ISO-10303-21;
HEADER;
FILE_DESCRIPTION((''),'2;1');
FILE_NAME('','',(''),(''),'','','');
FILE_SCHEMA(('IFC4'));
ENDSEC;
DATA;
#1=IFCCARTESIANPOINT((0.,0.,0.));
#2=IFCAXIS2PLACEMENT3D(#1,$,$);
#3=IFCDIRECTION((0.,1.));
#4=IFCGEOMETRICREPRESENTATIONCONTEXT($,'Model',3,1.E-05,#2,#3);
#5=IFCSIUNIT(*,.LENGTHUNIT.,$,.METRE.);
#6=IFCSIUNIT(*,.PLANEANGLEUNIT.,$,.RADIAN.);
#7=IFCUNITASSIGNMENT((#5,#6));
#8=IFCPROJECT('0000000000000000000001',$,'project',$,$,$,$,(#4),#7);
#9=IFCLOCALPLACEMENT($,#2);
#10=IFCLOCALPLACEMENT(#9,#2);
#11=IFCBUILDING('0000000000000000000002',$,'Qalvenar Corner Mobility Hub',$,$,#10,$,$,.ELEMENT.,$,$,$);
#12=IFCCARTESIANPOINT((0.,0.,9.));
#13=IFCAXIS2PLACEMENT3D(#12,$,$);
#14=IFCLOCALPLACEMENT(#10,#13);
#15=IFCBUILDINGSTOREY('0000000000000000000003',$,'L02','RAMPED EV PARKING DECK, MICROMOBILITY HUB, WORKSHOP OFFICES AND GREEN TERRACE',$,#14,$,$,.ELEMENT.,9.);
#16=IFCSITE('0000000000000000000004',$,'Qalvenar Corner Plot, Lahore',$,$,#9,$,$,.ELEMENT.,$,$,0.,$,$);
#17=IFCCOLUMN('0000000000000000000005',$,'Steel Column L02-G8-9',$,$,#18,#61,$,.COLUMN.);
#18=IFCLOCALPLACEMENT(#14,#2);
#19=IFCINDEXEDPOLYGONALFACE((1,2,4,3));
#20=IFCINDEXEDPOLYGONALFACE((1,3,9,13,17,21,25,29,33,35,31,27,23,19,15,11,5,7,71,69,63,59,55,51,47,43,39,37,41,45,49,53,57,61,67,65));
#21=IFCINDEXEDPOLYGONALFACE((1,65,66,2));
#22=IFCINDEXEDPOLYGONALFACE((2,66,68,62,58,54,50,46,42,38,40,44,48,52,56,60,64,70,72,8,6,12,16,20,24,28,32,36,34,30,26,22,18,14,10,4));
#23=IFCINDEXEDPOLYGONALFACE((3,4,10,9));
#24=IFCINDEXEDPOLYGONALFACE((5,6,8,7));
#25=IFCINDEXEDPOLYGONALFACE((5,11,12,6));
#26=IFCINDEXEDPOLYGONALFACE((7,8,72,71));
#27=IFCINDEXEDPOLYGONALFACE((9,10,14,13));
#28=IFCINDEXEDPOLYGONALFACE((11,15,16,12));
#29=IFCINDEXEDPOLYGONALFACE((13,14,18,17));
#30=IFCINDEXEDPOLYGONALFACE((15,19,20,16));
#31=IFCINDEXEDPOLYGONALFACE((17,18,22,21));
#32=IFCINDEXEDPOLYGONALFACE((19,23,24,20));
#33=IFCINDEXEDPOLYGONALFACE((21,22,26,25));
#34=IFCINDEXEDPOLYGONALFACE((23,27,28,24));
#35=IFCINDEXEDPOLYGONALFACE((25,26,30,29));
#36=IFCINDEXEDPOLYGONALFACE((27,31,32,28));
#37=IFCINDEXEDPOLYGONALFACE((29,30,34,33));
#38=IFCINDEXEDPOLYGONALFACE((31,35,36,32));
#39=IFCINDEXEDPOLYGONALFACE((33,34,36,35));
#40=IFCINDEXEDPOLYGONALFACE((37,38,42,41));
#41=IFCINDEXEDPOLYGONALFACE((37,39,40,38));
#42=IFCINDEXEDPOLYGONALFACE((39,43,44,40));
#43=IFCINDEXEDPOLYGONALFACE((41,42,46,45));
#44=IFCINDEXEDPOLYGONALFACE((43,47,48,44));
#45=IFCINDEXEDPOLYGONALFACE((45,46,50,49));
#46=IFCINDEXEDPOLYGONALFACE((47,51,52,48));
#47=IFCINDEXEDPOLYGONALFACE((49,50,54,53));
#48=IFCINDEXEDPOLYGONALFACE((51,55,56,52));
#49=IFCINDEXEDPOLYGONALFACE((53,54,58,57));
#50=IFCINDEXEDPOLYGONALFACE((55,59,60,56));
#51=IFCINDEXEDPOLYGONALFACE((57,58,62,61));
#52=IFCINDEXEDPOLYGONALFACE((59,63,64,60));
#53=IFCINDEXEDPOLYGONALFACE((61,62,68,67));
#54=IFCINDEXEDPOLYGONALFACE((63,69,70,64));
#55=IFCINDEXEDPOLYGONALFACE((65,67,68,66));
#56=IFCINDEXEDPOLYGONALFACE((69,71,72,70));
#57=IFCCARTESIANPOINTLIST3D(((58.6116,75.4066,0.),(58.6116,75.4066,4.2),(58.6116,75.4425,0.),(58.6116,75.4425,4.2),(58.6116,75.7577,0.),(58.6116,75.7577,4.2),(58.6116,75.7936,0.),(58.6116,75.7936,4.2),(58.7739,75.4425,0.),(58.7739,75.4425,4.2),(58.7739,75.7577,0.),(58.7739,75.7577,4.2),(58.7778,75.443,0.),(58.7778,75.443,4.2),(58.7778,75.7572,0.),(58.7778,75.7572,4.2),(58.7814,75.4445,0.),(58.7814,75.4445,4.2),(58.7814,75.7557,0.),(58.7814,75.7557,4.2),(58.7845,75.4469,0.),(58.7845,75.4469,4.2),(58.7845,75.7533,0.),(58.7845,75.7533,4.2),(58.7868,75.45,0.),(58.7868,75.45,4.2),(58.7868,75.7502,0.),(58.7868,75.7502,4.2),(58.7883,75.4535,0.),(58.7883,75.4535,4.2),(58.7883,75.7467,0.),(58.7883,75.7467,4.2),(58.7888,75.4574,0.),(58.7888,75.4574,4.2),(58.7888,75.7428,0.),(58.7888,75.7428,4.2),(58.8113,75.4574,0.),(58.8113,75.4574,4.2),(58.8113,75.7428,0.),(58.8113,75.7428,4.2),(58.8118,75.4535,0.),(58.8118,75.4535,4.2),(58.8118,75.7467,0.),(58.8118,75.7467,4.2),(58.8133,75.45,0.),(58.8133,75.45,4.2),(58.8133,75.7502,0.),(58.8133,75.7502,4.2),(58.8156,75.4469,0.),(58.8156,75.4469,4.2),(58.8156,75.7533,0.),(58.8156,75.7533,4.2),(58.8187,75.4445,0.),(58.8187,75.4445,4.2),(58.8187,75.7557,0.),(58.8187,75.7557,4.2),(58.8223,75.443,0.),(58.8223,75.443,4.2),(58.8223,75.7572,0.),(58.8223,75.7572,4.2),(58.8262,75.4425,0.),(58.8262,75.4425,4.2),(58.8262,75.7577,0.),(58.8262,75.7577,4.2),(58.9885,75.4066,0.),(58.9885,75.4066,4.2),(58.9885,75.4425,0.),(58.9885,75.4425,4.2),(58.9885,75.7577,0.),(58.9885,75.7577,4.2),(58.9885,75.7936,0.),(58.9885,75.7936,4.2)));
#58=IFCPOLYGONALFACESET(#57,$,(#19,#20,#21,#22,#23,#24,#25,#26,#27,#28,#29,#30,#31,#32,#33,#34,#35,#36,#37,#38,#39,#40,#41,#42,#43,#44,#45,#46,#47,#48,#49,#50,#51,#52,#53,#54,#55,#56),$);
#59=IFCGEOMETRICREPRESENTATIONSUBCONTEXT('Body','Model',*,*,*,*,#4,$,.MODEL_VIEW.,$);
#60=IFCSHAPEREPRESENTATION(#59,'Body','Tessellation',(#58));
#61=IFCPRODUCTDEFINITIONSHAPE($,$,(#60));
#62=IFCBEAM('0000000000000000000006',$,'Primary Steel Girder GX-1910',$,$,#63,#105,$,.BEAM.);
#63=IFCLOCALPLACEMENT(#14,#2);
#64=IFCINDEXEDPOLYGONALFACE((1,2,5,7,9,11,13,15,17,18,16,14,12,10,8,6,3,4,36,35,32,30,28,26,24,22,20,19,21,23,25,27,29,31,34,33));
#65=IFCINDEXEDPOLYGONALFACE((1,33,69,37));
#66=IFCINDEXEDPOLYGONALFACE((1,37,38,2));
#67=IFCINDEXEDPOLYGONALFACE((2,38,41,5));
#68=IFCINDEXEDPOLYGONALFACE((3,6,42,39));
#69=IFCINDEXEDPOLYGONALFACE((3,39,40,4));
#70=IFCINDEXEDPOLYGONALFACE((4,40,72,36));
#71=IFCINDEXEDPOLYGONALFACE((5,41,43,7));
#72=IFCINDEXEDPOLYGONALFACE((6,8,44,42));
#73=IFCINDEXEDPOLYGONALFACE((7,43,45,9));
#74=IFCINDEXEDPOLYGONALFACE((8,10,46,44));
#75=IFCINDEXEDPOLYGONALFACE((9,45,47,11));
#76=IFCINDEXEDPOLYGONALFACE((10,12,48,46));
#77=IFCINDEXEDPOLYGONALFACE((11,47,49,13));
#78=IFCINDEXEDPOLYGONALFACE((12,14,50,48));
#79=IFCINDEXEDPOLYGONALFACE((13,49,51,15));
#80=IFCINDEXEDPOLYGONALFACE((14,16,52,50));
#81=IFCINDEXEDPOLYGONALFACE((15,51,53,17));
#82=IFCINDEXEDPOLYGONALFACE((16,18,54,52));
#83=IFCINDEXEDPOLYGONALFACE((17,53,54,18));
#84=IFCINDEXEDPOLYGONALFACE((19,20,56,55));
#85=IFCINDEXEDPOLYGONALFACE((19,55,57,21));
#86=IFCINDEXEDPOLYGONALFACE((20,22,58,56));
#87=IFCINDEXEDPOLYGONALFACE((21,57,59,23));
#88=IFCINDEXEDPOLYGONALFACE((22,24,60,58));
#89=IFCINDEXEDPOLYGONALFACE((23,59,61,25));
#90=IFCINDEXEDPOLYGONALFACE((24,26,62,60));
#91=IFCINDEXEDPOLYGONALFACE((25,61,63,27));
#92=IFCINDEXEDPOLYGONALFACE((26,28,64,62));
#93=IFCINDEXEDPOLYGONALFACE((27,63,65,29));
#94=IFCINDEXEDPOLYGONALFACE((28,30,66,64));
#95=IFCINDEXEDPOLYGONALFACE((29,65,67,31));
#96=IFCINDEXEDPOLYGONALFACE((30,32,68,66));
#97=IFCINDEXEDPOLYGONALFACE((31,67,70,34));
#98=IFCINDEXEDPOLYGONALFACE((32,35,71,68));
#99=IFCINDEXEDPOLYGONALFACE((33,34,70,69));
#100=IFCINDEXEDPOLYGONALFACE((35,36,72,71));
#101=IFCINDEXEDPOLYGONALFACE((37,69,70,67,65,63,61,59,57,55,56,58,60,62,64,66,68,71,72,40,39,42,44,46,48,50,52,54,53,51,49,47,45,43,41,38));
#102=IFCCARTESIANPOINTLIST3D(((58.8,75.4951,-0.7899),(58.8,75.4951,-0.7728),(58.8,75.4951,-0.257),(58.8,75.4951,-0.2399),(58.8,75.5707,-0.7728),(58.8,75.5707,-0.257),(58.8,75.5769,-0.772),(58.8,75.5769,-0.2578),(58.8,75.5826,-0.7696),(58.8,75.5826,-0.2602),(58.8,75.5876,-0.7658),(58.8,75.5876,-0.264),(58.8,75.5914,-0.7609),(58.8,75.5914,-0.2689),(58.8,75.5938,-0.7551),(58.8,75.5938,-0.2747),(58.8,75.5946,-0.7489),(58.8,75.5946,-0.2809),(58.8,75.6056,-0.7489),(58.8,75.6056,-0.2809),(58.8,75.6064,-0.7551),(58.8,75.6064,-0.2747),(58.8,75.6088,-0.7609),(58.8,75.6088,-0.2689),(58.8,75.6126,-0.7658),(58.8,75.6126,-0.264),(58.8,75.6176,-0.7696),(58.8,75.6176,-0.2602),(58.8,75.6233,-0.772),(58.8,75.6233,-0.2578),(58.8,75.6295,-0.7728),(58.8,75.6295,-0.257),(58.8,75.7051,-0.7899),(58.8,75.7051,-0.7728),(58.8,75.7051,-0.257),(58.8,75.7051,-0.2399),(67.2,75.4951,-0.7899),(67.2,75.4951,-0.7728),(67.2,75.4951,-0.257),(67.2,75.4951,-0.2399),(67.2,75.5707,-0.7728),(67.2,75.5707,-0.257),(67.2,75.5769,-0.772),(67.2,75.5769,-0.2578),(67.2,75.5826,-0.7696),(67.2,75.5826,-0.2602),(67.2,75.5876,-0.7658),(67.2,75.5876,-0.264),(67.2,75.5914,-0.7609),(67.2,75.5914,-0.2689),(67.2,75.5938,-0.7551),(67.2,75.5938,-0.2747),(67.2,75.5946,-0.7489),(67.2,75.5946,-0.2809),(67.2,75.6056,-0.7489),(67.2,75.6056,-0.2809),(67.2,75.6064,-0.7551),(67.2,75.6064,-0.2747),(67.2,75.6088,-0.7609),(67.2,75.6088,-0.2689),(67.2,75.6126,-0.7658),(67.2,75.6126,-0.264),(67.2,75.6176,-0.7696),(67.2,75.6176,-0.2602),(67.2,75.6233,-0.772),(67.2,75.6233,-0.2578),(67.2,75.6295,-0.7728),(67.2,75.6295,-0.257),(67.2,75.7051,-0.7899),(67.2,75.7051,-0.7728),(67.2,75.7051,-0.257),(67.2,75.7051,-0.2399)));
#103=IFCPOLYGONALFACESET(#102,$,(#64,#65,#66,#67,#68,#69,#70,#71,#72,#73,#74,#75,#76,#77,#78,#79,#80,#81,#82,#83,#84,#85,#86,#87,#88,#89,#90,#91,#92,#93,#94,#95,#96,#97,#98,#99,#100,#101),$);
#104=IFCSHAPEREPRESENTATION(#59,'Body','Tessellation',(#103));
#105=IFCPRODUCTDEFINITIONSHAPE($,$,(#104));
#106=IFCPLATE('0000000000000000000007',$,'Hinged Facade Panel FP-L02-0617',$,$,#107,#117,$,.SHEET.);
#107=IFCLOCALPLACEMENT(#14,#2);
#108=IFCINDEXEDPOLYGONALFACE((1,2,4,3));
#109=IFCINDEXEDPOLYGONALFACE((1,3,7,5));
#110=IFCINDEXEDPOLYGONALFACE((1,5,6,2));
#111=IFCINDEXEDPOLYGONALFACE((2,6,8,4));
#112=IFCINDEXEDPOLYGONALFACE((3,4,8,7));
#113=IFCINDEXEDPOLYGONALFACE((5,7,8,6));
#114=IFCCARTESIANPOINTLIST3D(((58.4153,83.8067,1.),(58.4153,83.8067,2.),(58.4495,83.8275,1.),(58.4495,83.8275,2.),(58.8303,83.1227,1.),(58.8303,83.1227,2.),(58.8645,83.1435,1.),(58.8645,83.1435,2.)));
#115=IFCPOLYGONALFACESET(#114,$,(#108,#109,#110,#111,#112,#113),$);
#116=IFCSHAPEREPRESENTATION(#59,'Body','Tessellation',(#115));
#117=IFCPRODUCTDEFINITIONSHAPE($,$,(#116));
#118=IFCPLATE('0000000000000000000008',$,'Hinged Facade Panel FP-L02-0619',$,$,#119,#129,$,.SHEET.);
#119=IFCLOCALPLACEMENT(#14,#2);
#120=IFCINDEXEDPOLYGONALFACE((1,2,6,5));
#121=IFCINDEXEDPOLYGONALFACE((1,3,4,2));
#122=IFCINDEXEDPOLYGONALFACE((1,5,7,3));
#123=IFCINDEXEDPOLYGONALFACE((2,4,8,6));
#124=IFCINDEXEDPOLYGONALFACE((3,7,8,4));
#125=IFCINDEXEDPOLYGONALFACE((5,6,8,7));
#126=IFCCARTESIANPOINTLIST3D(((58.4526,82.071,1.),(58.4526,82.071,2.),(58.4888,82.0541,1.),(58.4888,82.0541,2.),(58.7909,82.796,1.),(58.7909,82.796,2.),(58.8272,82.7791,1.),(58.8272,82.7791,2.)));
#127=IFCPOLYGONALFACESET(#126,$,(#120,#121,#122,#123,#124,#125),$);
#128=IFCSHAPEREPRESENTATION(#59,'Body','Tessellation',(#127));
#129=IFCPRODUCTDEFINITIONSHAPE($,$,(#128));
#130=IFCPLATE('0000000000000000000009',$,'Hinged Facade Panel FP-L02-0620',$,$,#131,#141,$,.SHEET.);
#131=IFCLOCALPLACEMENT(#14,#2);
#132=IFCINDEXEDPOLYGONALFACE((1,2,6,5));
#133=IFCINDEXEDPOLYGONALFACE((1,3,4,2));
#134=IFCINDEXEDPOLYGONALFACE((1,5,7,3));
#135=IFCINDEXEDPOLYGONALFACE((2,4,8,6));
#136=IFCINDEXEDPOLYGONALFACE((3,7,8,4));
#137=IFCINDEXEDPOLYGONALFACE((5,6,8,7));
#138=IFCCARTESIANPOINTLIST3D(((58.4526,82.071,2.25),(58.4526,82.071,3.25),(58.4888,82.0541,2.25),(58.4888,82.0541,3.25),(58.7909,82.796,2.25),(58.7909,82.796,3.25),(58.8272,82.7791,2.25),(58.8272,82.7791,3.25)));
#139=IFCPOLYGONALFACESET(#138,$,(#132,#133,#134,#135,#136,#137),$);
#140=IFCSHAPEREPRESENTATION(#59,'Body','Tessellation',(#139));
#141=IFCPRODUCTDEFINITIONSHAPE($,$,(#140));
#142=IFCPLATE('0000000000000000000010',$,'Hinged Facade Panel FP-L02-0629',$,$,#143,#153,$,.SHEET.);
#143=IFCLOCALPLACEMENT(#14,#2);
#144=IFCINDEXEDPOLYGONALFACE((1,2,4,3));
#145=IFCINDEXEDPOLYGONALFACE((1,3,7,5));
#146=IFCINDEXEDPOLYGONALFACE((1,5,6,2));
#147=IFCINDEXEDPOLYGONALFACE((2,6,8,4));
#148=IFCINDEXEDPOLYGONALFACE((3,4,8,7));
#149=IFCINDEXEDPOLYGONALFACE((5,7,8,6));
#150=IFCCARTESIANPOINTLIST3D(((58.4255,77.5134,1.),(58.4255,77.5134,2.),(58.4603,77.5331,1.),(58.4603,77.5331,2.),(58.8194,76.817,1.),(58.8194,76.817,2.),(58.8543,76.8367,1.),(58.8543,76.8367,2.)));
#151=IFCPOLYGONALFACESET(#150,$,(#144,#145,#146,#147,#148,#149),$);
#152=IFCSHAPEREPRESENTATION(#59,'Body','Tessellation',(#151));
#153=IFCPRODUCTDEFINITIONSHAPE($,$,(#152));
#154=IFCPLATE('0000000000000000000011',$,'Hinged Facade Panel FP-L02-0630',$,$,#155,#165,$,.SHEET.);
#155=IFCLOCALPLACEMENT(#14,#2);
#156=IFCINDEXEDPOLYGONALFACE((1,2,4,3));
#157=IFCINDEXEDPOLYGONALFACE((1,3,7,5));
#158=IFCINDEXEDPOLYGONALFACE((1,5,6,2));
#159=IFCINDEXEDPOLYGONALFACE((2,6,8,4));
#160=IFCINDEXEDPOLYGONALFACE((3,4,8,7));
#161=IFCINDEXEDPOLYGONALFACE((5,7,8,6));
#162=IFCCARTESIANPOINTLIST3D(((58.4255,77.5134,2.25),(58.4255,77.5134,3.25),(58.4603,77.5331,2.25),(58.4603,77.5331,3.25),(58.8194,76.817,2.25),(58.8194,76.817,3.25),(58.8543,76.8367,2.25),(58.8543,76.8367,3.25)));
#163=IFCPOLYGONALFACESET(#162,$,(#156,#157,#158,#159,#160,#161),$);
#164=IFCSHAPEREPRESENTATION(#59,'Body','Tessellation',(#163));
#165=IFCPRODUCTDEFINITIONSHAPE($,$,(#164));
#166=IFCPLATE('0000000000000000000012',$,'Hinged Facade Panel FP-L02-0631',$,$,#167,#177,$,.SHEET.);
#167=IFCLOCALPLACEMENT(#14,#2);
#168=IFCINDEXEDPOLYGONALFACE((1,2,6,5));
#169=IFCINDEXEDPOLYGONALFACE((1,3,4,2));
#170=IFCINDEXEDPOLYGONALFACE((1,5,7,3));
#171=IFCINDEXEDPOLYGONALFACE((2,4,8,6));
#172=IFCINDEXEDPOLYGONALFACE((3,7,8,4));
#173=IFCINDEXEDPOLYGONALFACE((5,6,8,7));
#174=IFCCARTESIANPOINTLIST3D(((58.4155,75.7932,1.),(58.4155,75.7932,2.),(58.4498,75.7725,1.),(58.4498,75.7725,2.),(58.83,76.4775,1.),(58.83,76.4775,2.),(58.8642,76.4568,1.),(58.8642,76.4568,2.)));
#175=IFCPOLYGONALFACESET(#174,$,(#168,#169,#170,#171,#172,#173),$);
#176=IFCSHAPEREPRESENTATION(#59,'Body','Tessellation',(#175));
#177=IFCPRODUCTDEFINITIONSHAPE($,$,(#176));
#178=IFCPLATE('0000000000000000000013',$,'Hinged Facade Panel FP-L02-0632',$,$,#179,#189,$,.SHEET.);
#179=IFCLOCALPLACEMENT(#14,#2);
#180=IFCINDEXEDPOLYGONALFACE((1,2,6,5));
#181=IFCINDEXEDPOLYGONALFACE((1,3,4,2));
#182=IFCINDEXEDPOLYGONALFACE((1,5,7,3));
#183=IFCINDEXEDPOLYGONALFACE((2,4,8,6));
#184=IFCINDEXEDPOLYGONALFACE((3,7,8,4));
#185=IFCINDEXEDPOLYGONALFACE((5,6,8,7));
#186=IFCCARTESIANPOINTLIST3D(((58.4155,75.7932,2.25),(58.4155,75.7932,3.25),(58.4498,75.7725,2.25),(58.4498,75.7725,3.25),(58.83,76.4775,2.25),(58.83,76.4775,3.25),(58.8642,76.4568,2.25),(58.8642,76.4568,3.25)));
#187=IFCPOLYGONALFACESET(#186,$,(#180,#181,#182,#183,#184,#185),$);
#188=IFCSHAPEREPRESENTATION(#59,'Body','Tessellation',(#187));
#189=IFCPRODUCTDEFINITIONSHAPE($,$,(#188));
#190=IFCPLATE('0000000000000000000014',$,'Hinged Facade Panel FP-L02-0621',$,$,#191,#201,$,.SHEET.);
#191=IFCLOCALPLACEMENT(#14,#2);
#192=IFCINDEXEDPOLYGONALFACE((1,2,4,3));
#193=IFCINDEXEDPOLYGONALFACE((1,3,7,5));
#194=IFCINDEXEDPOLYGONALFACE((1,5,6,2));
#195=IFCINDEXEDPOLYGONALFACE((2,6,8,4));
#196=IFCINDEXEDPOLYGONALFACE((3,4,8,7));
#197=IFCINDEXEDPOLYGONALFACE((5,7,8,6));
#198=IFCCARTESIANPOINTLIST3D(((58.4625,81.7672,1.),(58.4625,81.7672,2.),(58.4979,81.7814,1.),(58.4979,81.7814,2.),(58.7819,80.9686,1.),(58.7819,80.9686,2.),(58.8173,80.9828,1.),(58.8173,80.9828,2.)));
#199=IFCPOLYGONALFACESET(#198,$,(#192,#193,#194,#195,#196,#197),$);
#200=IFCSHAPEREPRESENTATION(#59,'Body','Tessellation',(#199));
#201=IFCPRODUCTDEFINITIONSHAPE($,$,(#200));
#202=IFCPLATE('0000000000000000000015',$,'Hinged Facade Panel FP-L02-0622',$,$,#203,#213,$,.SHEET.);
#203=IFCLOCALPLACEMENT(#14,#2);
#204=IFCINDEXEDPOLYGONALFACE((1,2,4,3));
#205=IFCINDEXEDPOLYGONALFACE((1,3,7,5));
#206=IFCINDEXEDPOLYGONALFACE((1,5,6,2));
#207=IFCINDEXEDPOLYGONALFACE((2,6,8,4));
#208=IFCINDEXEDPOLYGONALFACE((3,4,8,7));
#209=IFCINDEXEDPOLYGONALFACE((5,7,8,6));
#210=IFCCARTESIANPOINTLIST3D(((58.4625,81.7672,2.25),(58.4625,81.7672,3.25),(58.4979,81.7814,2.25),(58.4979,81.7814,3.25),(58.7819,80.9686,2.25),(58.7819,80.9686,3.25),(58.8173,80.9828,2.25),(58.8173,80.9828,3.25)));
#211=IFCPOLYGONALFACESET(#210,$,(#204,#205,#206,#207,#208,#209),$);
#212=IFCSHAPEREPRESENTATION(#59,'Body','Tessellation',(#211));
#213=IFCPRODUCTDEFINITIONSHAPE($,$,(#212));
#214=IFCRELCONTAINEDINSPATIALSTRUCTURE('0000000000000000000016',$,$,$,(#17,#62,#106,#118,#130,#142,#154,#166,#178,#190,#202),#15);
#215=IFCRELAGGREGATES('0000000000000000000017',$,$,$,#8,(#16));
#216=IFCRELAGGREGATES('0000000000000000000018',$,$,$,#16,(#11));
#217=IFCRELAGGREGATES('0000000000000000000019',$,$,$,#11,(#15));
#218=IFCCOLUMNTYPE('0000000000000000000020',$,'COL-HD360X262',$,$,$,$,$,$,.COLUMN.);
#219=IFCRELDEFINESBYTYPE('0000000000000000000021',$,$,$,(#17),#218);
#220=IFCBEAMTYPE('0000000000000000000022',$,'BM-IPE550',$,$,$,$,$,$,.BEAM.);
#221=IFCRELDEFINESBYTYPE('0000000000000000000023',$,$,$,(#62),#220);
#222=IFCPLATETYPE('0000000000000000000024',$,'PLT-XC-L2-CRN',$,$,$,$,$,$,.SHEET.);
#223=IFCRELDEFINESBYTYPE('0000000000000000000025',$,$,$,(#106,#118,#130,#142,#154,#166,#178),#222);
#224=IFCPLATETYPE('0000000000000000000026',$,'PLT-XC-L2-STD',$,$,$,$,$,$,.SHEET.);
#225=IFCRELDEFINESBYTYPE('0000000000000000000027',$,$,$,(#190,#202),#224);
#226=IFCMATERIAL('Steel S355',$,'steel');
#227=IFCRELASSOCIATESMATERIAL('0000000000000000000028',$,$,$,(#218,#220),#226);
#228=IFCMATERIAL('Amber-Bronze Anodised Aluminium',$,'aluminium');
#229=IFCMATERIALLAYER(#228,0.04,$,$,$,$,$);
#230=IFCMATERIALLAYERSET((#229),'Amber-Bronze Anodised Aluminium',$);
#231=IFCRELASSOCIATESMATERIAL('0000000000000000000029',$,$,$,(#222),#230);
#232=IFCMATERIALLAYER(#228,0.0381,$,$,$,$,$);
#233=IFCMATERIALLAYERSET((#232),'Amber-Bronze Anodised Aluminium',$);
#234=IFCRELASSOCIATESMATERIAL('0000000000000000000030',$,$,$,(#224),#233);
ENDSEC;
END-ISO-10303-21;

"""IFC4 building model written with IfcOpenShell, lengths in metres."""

from ifc_helpers import new_model, si_unit, direction, frame, origin, origin_2d, place, context, subcontext, project, spatial, rectangle, i_section, extrude, material, layer, layer_set, material_profile, profile_set, type_object, element, save


model = new_model("IFC4")

# Units and contexts
model_context = context("Model", 3, precision=1e-05, world=origin(), true_north=direction((0.0, 1.0)))
body_context = subcontext(model_context, "Body", "Model", "MODEL_VIEW")
ifc_project = project(units=[si_unit("LENGTHUNIT", "METRE"), si_unit("PLANEANGLEUNIT", "RADIAN")], contexts=[model_context])

# Site, building, storey
site_placement = place(None, origin())
site = spatial("IfcSite", under=ifc_project, at=site_placement, Name="Qalvenar Corner Plot, Lahore", CompositionType="ELEMENT", RefElevation=0.0)
building_placement = place(site_placement, origin())
building = spatial("IfcBuilding", under=site, at=building_placement, Name="Qalvenar Corner Mobility Hub", CompositionType="ELEMENT")
storey_placement = place(building_placement, frame((0.0, 0.0, 9.0)))
storey = spatial("IfcBuildingStorey", under=building, at=storey_placement, Name="L02", Description="RAMPED EV PARKING DECK, MICROMOBILITY HUB, WORKSHOP OFFICES AND GREEN TERRACE", CompositionType="ELEMENT", Elevation=9.0)

# Column
ifc_material_1 = material(Name="Steel S355", Category="steel")
ifc_material_profile_1 = material_profile(ifc_material_1, i_section(OverallWidth=0.377, OverallDepth=0.387, WebThickness=0.0225, FlangeThickness=0.0359, FilletRadius=0.0149, at=origin_2d()), Name="HD360x262")
ifc_profile_set_1 = profile_set([ifc_material_profile_1], Name="Steel S355")
column_type = type_object("IfcColumnType", Name="COL-HD360X262", PredefinedType="COLUMN", material=ifc_profile_set_1)
column_placement = place(storey_placement, frame((58.8, 75.6001, 0.0), z_axis=(0.0, 0.0, 1.0), x_axis=(1.0, 0.0, 0.0)))
element("IfcColumn", 1, at=column_placement, inside=storey, type_object=column_type, Name="Steel Column L02-G8-9", PredefinedType="COLUMN", context=body_context, shape_type="SweptSolid", body=[
    extrude(i_section(OverallWidth=0.377, OverallDepth=0.387, WebThickness=0.0225, FlangeThickness=0.0359, FilletRadius=0.0149, at=origin_2d()), origin(), (0.0, 0.0, 1.0), 4.2),
])

# Beam
ifc_material_profile_2 = material_profile(ifc_material_1, i_section(OverallWidth=0.21, OverallDepth=0.55, WebThickness=0.011, FlangeThickness=0.0171, FilletRadius=0.0239, at=origin_2d()), Name="IPE550")
ifc_profile_set_2 = profile_set([ifc_material_profile_2], Name="Steel S355")
beam_type = type_object("IfcBeamType", Name="BM-IPE550", PredefinedType="BEAM", material=ifc_profile_set_2)
beam_placement = place(storey_placement, frame((58.8, 75.6001, -0.5149), z_axis=(1.0, 0.0, 0.0), x_axis=(0.0, 1.0, 0.0)))
element("IfcBeam", 2, at=beam_placement, inside=storey, type_object=beam_type, Name="Primary Steel Girder GX-1910", PredefinedType="BEAM", context=body_context, shape_type="SweptSolid", body=[
    extrude(i_section(OverallWidth=0.21, OverallDepth=0.55, WebThickness=0.011, FlangeThickness=0.0171, FilletRadius=0.0239, at=origin_2d()), origin(), (0.0, 0.0, 1.0), 8.3999),
])

# Plates
ifc_material_2 = material(Name="Amber-Bronze Anodised Aluminium", Category="aluminium")
ifc_layer_1 = layer(ifc_material_2, 0.04)
ifc_layer_set_1 = layer_set([ifc_layer_1], Name="Amber-Bronze Anodised Aluminium")
plate_type_1 = type_object("IfcPlateType", Name="PLT-XC-L2-CRN", PredefinedType="SHEET", material=ifc_layer_set_1)
for number, where, z_axis, x_axis, name in (
    (3, (58.6399, 83.4751, 1.0), (0.0, 0.0, 1.0), (0.518773, -0.854912, 0.0), "Hinged Facade Panel FP-L02-0617"),
    (4, (58.6399, 82.425, 1.0), (0.0, 0.0, 1.0), (-0.422935, -0.90616, 0.0), "Hinged Facade Panel FP-L02-0619"),
    (5, (58.6399, 82.425, 2.25), (0.0, 0.0, 1.0), (-0.422935, -0.90616, 0.0), "Hinged Facade Panel FP-L02-0620"),
    (6, (58.6399, 77.175, 1.0), (0.0, 0.0, 1.0), (0.492424, -0.870356, 0.0), "Hinged Facade Panel FP-L02-0629"),
    (7, (58.6399, 77.175, 2.25), (0.0, 0.0, 1.0), (0.492424, -0.870356, 0.0), "Hinged Facade Panel FP-L02-0630"),
    (8, (58.6399, 76.125, 1.0), (0.0, 0.0, 1.0), (-0.518027, -0.855364, 0.0), "Hinged Facade Panel FP-L02-0631"),
    (9, (58.6399, 76.125, 2.25), (0.0, 0.0, 1.0), (-0.518027, -0.855364, 0.0), "Hinged Facade Panel FP-L02-0632"),
):
    element("IfcPlate", number, at=place(storey_placement, frame(where, z_axis=z_axis, x_axis=x_axis)), inside=storey, type_object=plate_type_1, Name=name, PredefinedType="SHEET", context=body_context, shape_type="SweptSolid", body=[
        extrude(rectangle(XDim=0.8, YDim=0.04, at=origin_2d()), origin(), (0.0, 0.0, 1.0), 1.0),
    ])
ifc_layer_2 = layer(ifc_material_2, 0.0381)
ifc_layer_set_2 = layer_set([ifc_layer_2], Name="Amber-Bronze Anodised Aluminium")
plate_type_2 = type_object("IfcPlateType", Name="PLT-XC-L2-STD", PredefinedType="SHEET", material=ifc_layer_set_2)
for number, where, z_axis, x_axis, name in (
    (10, (58.6399, 81.375, 1.0), (0.0, 0.0, 1.0), (0.371368, -0.928486, 0.0), "Hinged Facade Panel FP-L02-0621"),
    (11, (58.6399, 81.375, 2.25), (0.0, 0.0, 1.0), (0.371368, -0.928486, 0.0), "Hinged Facade Panel FP-L02-0622"),
):
    element("IfcPlate", number, at=place(storey_placement, frame(where, z_axis=z_axis, x_axis=x_axis)), inside=storey, type_object=plate_type_2, Name=name, PredefinedType="SHEET", context=body_context, shape_type="SweptSolid", body=[
        extrude(rectangle(XDim=0.8601, YDim=0.0381, at=origin_2d()), origin(), (0.0, 0.0, 1.0), 1.0),
    ])

save(model, "model.ifc")
